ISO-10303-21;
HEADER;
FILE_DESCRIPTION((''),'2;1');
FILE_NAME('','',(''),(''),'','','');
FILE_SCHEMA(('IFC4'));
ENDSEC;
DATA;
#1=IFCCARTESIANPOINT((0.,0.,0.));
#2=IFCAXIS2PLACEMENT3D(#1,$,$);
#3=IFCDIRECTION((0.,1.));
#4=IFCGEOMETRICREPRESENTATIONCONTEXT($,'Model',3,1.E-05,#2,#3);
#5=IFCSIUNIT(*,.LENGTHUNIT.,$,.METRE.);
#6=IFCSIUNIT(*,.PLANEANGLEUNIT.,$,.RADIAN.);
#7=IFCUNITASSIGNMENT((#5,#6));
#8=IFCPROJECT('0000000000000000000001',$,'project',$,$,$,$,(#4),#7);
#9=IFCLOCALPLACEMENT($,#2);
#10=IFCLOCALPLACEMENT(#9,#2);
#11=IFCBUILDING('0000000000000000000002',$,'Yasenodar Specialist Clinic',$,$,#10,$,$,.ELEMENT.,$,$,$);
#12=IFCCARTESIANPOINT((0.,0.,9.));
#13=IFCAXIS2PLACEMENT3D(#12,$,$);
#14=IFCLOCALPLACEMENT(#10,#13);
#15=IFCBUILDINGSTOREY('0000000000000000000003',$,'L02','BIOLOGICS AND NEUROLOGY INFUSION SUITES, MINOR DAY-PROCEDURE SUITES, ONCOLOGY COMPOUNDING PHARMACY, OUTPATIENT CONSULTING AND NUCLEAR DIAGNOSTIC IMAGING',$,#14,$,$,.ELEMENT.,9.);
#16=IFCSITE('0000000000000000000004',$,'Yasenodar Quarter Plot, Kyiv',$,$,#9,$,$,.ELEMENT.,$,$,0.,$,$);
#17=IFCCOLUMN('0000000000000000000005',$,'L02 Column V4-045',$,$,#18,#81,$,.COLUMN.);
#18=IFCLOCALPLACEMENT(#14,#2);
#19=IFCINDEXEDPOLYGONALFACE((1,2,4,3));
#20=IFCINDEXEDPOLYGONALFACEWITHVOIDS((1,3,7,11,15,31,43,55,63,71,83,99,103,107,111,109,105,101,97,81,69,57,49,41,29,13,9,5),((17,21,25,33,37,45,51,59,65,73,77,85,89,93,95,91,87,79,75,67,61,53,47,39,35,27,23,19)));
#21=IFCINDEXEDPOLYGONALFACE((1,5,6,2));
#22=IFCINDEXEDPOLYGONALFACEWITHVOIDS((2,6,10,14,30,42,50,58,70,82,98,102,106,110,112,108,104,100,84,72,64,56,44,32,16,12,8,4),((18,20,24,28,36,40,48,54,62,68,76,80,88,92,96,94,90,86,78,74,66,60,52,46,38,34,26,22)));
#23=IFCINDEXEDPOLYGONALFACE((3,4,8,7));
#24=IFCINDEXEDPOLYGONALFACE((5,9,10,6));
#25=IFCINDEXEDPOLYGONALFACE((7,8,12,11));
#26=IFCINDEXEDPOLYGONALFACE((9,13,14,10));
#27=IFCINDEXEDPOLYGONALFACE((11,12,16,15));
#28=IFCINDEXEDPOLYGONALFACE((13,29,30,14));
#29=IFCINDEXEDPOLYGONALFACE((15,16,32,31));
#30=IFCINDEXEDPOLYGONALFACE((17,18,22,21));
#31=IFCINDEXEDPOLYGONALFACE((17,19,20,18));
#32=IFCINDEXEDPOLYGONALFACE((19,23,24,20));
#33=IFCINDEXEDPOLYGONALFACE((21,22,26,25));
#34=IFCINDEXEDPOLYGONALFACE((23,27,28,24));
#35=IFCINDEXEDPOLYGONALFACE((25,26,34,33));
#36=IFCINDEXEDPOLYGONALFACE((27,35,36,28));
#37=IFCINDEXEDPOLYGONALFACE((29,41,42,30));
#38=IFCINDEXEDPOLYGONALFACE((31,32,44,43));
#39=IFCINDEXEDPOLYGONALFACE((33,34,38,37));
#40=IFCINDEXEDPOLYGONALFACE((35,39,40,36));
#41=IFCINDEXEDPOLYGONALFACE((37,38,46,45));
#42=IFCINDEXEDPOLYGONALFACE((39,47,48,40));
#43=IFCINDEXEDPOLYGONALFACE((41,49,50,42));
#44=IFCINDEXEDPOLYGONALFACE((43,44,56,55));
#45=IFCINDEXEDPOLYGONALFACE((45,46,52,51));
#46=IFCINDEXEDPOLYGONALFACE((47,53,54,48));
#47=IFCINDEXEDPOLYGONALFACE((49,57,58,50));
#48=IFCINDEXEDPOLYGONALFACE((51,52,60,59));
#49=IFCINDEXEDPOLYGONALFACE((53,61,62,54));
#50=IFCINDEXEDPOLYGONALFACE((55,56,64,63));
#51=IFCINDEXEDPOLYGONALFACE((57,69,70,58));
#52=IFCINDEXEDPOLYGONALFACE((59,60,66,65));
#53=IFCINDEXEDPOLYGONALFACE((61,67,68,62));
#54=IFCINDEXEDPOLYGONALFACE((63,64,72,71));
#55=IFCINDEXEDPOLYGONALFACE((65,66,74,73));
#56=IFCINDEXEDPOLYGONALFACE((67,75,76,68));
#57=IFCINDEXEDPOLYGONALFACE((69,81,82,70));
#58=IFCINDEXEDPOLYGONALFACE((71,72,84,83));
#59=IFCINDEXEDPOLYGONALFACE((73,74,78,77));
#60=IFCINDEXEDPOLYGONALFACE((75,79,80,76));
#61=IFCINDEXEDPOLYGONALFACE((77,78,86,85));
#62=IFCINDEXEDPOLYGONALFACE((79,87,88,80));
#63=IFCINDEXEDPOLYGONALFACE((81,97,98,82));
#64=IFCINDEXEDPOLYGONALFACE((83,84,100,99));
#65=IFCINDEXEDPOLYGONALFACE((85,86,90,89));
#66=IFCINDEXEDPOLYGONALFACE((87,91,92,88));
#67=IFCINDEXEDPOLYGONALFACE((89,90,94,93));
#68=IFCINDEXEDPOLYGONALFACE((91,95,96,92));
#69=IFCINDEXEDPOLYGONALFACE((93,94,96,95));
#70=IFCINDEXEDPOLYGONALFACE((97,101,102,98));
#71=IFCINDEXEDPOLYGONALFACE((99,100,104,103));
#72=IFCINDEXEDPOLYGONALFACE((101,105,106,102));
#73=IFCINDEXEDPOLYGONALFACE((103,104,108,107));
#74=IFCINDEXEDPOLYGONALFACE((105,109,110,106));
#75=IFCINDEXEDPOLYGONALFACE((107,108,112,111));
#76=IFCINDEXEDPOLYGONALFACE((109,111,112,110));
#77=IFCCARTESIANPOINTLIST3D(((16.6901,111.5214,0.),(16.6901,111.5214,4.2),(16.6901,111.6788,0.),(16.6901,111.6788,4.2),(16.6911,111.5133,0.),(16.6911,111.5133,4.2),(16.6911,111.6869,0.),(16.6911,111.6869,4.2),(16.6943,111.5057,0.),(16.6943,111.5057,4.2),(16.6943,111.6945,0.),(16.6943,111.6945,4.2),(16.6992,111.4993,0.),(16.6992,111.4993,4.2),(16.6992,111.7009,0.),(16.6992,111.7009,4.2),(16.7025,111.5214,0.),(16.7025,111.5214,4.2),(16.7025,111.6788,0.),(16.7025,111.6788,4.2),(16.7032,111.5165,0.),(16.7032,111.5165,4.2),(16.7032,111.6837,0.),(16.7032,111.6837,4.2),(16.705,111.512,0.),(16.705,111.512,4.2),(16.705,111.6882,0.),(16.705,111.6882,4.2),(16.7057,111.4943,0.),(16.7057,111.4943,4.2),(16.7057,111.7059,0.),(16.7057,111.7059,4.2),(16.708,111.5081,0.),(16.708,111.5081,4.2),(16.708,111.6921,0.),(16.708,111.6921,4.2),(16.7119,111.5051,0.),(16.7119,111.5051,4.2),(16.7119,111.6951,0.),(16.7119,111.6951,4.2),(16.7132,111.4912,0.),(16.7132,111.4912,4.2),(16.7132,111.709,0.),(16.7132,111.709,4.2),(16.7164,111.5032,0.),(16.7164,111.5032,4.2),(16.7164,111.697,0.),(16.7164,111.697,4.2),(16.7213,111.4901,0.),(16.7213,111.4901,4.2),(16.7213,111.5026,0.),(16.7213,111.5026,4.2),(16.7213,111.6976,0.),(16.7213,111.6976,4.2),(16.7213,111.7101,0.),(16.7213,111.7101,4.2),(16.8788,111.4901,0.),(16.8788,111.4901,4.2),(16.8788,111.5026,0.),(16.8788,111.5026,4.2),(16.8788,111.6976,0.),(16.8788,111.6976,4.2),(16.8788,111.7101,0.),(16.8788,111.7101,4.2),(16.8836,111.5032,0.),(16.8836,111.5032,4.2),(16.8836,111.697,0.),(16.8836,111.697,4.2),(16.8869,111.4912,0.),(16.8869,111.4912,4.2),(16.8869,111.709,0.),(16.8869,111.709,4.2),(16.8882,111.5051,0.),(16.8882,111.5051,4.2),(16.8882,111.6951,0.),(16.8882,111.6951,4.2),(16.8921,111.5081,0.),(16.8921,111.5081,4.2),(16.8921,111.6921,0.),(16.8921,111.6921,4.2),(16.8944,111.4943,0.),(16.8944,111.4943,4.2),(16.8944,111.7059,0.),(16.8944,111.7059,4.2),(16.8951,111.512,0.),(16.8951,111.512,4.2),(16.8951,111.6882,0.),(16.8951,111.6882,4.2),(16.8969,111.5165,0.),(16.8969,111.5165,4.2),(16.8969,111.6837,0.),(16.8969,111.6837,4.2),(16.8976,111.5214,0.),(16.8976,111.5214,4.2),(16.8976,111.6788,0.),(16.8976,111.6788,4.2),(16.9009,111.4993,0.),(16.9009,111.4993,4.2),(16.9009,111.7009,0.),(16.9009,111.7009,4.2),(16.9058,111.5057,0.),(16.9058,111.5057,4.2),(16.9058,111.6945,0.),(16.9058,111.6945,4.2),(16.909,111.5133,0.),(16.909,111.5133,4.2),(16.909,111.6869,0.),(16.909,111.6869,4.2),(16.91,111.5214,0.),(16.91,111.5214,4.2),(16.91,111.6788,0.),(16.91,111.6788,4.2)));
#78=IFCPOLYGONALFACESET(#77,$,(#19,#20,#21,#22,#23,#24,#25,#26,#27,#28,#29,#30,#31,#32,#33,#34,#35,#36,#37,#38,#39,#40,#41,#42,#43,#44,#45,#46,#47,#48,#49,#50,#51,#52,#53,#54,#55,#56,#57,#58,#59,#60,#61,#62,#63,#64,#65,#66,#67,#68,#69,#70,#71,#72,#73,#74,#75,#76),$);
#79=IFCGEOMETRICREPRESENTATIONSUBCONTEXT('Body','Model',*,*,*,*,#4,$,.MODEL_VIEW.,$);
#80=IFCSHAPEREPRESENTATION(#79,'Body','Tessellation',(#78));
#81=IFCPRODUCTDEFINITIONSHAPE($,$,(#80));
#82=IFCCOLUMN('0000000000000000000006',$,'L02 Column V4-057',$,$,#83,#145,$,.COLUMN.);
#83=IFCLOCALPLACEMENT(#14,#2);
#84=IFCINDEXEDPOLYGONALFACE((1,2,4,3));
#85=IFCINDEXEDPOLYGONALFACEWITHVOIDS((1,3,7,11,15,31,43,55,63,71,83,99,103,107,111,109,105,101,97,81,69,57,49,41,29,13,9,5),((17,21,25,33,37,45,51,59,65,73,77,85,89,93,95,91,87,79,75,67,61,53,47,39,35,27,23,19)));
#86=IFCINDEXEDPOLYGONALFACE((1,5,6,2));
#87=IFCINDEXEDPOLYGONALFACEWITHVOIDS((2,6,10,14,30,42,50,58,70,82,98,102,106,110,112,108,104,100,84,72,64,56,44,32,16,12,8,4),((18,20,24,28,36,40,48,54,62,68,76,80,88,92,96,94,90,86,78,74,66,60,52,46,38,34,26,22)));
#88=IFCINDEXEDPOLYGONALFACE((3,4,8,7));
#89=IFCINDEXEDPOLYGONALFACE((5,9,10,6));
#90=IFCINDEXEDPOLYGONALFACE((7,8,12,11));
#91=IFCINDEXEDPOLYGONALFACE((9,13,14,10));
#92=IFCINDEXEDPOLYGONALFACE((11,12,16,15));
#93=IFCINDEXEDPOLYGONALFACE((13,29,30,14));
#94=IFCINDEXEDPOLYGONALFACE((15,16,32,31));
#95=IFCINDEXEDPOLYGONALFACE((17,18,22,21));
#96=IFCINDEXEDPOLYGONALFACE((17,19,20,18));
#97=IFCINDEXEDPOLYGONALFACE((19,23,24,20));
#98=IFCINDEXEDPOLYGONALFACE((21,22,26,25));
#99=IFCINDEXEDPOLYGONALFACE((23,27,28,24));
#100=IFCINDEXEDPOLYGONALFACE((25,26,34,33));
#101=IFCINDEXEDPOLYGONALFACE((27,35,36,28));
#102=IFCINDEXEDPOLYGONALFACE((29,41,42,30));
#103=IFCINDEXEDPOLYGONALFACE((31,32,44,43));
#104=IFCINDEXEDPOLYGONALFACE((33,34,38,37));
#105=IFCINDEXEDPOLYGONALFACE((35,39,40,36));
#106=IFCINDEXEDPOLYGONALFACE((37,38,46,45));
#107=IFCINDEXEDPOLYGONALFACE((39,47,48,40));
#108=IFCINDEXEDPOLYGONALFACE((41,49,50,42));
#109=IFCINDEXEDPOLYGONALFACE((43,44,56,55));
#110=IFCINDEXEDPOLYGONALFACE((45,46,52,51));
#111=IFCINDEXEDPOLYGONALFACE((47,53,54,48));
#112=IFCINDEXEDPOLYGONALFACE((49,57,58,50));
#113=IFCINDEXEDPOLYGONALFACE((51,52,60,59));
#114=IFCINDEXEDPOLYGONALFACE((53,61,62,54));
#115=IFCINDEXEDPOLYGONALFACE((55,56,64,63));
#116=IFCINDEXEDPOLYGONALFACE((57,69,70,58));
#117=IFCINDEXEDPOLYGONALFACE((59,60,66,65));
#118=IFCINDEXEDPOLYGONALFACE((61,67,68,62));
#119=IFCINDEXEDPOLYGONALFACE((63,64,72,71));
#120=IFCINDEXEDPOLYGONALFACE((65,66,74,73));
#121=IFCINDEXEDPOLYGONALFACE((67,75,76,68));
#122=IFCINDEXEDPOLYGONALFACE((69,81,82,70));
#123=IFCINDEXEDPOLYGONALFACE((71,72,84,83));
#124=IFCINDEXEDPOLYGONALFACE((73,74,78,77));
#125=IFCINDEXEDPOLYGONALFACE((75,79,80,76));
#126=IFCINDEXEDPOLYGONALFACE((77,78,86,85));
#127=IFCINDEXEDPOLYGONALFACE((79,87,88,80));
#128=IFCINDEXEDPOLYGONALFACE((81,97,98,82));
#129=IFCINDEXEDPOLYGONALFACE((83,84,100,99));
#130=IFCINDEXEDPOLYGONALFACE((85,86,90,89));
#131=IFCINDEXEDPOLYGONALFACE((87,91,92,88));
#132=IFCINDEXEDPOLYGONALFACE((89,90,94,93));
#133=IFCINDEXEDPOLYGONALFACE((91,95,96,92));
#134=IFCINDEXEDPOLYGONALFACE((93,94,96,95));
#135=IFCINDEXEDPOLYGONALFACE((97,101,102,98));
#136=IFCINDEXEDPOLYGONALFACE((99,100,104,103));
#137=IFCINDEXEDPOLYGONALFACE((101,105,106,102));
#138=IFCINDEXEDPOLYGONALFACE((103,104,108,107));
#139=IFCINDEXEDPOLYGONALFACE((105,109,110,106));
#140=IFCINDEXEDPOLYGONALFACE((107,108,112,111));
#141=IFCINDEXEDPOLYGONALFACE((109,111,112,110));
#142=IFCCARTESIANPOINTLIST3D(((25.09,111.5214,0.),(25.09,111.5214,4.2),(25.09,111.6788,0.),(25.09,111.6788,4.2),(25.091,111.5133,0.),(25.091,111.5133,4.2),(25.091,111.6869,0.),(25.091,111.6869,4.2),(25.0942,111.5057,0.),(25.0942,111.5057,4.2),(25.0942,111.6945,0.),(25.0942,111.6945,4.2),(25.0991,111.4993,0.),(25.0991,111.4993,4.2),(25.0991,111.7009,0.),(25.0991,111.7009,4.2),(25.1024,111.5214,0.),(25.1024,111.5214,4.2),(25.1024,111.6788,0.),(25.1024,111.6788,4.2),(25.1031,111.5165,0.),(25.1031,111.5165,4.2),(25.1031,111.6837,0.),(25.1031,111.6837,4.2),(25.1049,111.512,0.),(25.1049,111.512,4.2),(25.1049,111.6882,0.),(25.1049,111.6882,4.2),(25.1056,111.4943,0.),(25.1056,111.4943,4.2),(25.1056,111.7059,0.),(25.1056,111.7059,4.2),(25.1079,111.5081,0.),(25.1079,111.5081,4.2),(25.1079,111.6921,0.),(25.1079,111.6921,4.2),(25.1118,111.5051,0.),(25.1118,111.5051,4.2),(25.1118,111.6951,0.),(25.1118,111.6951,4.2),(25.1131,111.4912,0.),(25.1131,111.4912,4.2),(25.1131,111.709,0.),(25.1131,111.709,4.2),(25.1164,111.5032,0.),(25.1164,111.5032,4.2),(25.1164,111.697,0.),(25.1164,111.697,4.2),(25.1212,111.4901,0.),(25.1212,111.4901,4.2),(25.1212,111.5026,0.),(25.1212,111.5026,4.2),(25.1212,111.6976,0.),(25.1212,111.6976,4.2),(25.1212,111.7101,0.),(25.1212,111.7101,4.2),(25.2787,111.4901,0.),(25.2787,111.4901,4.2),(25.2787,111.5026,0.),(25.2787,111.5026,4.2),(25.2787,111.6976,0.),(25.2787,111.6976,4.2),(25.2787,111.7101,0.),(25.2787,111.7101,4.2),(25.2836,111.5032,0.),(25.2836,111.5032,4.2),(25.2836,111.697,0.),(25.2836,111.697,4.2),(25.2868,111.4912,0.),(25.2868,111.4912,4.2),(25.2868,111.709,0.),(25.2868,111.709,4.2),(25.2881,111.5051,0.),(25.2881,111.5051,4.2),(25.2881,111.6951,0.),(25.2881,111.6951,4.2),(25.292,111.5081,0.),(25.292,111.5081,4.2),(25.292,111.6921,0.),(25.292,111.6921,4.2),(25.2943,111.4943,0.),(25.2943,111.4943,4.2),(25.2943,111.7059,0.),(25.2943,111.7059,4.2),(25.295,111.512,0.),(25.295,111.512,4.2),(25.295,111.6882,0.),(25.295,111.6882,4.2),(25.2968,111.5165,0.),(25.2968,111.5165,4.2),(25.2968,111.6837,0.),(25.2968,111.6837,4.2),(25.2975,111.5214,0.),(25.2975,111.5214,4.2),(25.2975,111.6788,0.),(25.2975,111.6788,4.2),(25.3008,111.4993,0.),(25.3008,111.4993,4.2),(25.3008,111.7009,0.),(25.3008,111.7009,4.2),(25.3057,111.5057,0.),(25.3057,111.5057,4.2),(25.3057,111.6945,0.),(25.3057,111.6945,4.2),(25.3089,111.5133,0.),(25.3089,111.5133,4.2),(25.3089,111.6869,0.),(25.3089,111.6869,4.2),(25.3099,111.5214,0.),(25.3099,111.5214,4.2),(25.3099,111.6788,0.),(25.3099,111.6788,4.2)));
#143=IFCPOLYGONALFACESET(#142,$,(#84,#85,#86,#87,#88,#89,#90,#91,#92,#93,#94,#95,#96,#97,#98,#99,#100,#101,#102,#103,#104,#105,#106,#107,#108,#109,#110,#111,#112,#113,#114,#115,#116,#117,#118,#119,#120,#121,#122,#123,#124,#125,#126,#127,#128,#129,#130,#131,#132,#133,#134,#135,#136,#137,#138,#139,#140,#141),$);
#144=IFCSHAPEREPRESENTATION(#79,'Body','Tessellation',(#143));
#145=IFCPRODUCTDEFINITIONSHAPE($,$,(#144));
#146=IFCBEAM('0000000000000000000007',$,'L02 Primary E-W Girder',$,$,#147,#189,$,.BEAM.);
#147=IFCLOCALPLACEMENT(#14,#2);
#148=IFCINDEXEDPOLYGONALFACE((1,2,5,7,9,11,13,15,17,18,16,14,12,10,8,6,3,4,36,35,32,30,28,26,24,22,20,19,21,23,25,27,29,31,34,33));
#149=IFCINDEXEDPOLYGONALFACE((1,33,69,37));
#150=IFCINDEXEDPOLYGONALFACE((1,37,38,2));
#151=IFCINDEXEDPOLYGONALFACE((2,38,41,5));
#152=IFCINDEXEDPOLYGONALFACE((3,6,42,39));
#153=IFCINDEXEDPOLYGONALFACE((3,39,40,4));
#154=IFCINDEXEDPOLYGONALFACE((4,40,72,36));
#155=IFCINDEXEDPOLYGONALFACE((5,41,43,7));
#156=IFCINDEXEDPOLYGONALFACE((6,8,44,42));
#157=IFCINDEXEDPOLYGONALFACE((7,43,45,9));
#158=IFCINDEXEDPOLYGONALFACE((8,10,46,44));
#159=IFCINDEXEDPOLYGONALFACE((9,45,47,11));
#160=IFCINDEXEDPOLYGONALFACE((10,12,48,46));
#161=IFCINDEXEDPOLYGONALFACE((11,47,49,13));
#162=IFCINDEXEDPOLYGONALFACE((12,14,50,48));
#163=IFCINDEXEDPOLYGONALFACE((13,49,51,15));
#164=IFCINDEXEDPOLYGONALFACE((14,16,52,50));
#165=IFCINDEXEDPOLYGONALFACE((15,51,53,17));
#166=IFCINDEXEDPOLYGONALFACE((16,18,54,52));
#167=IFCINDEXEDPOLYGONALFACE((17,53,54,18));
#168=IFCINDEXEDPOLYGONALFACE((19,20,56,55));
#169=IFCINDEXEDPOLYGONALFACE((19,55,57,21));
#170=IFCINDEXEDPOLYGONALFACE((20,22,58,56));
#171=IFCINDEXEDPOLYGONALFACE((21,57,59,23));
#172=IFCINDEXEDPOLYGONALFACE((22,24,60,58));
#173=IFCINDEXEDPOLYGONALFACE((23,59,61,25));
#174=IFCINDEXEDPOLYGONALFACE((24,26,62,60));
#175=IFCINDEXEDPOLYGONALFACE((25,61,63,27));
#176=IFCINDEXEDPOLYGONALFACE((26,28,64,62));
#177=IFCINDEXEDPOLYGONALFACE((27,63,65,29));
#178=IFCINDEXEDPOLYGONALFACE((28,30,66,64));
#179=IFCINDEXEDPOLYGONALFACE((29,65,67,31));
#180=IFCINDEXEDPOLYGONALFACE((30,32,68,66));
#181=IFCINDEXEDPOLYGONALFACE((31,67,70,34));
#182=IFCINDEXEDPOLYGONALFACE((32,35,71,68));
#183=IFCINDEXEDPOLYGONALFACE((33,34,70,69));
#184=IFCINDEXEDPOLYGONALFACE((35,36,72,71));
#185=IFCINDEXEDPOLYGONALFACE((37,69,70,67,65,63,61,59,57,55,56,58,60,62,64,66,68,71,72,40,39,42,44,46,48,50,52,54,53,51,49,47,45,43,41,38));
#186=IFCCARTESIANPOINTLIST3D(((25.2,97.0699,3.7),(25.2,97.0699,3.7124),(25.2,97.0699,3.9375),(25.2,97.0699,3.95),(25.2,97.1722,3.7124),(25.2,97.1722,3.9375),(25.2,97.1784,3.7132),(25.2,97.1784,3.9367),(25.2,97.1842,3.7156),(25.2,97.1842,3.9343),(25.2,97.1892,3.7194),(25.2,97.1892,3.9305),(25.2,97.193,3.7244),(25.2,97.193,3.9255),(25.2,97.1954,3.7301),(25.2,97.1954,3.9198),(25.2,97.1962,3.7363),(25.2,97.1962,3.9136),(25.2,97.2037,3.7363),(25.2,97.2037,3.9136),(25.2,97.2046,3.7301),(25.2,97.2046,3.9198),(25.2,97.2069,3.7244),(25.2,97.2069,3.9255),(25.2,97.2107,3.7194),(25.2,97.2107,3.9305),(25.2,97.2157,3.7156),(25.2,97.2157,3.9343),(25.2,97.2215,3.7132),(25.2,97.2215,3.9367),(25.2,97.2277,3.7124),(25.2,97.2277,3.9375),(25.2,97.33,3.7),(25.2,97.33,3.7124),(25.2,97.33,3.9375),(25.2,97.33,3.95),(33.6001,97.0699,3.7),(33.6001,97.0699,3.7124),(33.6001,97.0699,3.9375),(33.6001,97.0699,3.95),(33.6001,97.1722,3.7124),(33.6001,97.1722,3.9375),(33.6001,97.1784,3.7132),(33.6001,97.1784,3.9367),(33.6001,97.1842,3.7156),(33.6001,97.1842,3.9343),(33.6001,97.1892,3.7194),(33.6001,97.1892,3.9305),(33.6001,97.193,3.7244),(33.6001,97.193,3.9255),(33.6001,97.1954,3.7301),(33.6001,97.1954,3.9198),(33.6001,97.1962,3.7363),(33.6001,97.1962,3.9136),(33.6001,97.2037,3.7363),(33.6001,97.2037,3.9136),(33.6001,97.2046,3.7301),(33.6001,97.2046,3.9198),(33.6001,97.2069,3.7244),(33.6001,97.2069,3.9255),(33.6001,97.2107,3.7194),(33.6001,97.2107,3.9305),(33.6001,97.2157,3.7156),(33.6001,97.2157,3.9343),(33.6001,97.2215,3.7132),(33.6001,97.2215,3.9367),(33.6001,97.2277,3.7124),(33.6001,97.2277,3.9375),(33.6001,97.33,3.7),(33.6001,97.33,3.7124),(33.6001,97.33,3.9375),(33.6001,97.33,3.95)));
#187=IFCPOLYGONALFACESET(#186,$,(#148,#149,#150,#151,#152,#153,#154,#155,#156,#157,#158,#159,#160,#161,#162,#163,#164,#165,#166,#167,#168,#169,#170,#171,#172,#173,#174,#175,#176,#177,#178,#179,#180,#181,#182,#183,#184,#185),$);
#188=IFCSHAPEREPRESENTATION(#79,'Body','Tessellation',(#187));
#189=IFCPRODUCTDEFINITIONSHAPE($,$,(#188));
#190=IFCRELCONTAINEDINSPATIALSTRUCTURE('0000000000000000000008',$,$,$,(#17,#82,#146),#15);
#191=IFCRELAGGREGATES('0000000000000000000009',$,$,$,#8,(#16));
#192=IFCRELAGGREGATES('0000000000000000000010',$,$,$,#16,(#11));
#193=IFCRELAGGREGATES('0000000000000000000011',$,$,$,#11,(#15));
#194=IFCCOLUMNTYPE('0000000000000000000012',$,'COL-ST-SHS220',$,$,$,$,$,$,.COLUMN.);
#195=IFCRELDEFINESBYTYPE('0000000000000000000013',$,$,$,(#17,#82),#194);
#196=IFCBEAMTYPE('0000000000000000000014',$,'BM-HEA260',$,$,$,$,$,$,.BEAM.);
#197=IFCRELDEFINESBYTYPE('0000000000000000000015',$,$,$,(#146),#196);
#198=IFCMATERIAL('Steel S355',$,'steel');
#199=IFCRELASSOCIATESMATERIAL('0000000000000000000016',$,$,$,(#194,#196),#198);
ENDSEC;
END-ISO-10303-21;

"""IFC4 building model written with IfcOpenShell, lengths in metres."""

from ifc_helpers import new_model, si_unit, direction, frame, origin, origin_2d, place, context, subcontext, project, spatial, hollow_rectangle, i_section, extrude, material, material_profile, profile_set, type_object, element, save


model = new_model("IFC4")

# Units and contexts
model_context = context("Model", 3, precision=1e-05, world=origin(), true_north=direction((0.0, 1.0)))
body_context = subcontext(model_context, "Body", "Model", "MODEL_VIEW")
ifc_project = project(units=[si_unit("LENGTHUNIT", "METRE"), si_unit("PLANEANGLEUNIT", "RADIAN")], contexts=[model_context])

# Site, building, storey
site_placement = place(None, origin())
site = spatial("IfcSite", under=ifc_project, at=site_placement, Name="Yasenodar Quarter Plot, Kyiv", CompositionType="ELEMENT", RefElevation=0.0)
building_placement = place(site_placement, origin())
building = spatial("IfcBuilding", under=site, at=building_placement, Name="Yasenodar Specialist Clinic", CompositionType="ELEMENT")
storey_placement = place(building_placement, frame((0.0, 0.0, 9.0)))
storey = spatial("IfcBuildingStorey", under=building, at=storey_placement, Name="L02", Description="BIOLOGICS AND NEUROLOGY INFUSION SUITES, MINOR DAY-PROCEDURE SUITES, ONCOLOGY COMPOUNDING PHARMACY, OUTPATIENT CONSULTING AND NUCLEAR DIAGNOSTIC IMAGING", CompositionType="ELEMENT", Elevation=9.0)

# Columns
ifc_material_1 = material(Name="Steel S355", Category="steel")
ifc_material_profile_1 = material_profile(ifc_material_1, hollow_rectangle(XDim=0.22, YDim=0.22, WallThickness=0.0125, InnerFilletRadius=0.0188, OuterFilletRadius=0.0312, at=origin_2d()), Name="SHS 220x220x12.5")
ifc_profile_set_1 = profile_set([ifc_material_profile_1], Name="Steel S355")
column_type_1 = type_object("IfcColumnType", Name="COL-ST-SHS220", PredefinedType="COLUMN", material=ifc_profile_set_1)
for number, where, z_axis, x_axis, name in (
    (1, (16.8, 111.6001, 0.0), (0.0, 0.0, 1.0), (1.0, 0.0, 0.0), "L02 Column V4-045"),
    (2, (25.2, 111.6001, 0.0), (0.0, 0.0, 1.0), (1.0, 0.0, 0.0), "L02 Column V4-057"),
):
    element("IfcColumn", number, at=place(storey_placement, frame(where, z_axis=z_axis, x_axis=x_axis)), inside=storey, type_object=column_type_1, Name=name, PredefinedType="COLUMN", context=body_context, shape_type="SweptSolid", body=[
        extrude(hollow_rectangle(XDim=0.22, YDim=0.22, WallThickness=0.0125, InnerFilletRadius=0.0188, OuterFilletRadius=0.0312, at=origin_2d()), origin(), (0.0, 0.0, 1.0), 4.2),
    ])

# Beam
ifc_material_profile_2 = material_profile(ifc_material_1, i_section(OverallWidth=0.26, OverallDepth=0.25, WebThickness=0.0076, FlangeThickness=0.0125, FilletRadius=0.0239, at=origin_2d()), Name="HEA 260")
ifc_profile_set_2 = profile_set([ifc_material_profile_2], Name="Steel S355")
beam_type_1 = type_object("IfcBeamType", Name="BM-HEA260", PredefinedType="BEAM", material=ifc_profile_set_2)
for number, where, z_axis, x_axis, name in (
    (3, (25.2, 97.2, 3.825), (1.0, 0.0, 0.0), (0.0, 1.0, 0.0), "L02 Primary E-W Girder"),
):
    element("IfcBeam", number, at=place(storey_placement, frame(where, z_axis=z_axis, x_axis=x_axis)), inside=storey, type_object=beam_type_1, Name=name, PredefinedType="BEAM", context=body_context, shape_type="SweptSolid", body=[
        extrude(i_section(OverallWidth=0.26, OverallDepth=0.25, WebThickness=0.0076, FlangeThickness=0.0125, FilletRadius=0.0239, at=origin_2d()), origin(), (0.0, 0.0, 1.0), 8.4001),
    ])

save(model, "model.ifc")
